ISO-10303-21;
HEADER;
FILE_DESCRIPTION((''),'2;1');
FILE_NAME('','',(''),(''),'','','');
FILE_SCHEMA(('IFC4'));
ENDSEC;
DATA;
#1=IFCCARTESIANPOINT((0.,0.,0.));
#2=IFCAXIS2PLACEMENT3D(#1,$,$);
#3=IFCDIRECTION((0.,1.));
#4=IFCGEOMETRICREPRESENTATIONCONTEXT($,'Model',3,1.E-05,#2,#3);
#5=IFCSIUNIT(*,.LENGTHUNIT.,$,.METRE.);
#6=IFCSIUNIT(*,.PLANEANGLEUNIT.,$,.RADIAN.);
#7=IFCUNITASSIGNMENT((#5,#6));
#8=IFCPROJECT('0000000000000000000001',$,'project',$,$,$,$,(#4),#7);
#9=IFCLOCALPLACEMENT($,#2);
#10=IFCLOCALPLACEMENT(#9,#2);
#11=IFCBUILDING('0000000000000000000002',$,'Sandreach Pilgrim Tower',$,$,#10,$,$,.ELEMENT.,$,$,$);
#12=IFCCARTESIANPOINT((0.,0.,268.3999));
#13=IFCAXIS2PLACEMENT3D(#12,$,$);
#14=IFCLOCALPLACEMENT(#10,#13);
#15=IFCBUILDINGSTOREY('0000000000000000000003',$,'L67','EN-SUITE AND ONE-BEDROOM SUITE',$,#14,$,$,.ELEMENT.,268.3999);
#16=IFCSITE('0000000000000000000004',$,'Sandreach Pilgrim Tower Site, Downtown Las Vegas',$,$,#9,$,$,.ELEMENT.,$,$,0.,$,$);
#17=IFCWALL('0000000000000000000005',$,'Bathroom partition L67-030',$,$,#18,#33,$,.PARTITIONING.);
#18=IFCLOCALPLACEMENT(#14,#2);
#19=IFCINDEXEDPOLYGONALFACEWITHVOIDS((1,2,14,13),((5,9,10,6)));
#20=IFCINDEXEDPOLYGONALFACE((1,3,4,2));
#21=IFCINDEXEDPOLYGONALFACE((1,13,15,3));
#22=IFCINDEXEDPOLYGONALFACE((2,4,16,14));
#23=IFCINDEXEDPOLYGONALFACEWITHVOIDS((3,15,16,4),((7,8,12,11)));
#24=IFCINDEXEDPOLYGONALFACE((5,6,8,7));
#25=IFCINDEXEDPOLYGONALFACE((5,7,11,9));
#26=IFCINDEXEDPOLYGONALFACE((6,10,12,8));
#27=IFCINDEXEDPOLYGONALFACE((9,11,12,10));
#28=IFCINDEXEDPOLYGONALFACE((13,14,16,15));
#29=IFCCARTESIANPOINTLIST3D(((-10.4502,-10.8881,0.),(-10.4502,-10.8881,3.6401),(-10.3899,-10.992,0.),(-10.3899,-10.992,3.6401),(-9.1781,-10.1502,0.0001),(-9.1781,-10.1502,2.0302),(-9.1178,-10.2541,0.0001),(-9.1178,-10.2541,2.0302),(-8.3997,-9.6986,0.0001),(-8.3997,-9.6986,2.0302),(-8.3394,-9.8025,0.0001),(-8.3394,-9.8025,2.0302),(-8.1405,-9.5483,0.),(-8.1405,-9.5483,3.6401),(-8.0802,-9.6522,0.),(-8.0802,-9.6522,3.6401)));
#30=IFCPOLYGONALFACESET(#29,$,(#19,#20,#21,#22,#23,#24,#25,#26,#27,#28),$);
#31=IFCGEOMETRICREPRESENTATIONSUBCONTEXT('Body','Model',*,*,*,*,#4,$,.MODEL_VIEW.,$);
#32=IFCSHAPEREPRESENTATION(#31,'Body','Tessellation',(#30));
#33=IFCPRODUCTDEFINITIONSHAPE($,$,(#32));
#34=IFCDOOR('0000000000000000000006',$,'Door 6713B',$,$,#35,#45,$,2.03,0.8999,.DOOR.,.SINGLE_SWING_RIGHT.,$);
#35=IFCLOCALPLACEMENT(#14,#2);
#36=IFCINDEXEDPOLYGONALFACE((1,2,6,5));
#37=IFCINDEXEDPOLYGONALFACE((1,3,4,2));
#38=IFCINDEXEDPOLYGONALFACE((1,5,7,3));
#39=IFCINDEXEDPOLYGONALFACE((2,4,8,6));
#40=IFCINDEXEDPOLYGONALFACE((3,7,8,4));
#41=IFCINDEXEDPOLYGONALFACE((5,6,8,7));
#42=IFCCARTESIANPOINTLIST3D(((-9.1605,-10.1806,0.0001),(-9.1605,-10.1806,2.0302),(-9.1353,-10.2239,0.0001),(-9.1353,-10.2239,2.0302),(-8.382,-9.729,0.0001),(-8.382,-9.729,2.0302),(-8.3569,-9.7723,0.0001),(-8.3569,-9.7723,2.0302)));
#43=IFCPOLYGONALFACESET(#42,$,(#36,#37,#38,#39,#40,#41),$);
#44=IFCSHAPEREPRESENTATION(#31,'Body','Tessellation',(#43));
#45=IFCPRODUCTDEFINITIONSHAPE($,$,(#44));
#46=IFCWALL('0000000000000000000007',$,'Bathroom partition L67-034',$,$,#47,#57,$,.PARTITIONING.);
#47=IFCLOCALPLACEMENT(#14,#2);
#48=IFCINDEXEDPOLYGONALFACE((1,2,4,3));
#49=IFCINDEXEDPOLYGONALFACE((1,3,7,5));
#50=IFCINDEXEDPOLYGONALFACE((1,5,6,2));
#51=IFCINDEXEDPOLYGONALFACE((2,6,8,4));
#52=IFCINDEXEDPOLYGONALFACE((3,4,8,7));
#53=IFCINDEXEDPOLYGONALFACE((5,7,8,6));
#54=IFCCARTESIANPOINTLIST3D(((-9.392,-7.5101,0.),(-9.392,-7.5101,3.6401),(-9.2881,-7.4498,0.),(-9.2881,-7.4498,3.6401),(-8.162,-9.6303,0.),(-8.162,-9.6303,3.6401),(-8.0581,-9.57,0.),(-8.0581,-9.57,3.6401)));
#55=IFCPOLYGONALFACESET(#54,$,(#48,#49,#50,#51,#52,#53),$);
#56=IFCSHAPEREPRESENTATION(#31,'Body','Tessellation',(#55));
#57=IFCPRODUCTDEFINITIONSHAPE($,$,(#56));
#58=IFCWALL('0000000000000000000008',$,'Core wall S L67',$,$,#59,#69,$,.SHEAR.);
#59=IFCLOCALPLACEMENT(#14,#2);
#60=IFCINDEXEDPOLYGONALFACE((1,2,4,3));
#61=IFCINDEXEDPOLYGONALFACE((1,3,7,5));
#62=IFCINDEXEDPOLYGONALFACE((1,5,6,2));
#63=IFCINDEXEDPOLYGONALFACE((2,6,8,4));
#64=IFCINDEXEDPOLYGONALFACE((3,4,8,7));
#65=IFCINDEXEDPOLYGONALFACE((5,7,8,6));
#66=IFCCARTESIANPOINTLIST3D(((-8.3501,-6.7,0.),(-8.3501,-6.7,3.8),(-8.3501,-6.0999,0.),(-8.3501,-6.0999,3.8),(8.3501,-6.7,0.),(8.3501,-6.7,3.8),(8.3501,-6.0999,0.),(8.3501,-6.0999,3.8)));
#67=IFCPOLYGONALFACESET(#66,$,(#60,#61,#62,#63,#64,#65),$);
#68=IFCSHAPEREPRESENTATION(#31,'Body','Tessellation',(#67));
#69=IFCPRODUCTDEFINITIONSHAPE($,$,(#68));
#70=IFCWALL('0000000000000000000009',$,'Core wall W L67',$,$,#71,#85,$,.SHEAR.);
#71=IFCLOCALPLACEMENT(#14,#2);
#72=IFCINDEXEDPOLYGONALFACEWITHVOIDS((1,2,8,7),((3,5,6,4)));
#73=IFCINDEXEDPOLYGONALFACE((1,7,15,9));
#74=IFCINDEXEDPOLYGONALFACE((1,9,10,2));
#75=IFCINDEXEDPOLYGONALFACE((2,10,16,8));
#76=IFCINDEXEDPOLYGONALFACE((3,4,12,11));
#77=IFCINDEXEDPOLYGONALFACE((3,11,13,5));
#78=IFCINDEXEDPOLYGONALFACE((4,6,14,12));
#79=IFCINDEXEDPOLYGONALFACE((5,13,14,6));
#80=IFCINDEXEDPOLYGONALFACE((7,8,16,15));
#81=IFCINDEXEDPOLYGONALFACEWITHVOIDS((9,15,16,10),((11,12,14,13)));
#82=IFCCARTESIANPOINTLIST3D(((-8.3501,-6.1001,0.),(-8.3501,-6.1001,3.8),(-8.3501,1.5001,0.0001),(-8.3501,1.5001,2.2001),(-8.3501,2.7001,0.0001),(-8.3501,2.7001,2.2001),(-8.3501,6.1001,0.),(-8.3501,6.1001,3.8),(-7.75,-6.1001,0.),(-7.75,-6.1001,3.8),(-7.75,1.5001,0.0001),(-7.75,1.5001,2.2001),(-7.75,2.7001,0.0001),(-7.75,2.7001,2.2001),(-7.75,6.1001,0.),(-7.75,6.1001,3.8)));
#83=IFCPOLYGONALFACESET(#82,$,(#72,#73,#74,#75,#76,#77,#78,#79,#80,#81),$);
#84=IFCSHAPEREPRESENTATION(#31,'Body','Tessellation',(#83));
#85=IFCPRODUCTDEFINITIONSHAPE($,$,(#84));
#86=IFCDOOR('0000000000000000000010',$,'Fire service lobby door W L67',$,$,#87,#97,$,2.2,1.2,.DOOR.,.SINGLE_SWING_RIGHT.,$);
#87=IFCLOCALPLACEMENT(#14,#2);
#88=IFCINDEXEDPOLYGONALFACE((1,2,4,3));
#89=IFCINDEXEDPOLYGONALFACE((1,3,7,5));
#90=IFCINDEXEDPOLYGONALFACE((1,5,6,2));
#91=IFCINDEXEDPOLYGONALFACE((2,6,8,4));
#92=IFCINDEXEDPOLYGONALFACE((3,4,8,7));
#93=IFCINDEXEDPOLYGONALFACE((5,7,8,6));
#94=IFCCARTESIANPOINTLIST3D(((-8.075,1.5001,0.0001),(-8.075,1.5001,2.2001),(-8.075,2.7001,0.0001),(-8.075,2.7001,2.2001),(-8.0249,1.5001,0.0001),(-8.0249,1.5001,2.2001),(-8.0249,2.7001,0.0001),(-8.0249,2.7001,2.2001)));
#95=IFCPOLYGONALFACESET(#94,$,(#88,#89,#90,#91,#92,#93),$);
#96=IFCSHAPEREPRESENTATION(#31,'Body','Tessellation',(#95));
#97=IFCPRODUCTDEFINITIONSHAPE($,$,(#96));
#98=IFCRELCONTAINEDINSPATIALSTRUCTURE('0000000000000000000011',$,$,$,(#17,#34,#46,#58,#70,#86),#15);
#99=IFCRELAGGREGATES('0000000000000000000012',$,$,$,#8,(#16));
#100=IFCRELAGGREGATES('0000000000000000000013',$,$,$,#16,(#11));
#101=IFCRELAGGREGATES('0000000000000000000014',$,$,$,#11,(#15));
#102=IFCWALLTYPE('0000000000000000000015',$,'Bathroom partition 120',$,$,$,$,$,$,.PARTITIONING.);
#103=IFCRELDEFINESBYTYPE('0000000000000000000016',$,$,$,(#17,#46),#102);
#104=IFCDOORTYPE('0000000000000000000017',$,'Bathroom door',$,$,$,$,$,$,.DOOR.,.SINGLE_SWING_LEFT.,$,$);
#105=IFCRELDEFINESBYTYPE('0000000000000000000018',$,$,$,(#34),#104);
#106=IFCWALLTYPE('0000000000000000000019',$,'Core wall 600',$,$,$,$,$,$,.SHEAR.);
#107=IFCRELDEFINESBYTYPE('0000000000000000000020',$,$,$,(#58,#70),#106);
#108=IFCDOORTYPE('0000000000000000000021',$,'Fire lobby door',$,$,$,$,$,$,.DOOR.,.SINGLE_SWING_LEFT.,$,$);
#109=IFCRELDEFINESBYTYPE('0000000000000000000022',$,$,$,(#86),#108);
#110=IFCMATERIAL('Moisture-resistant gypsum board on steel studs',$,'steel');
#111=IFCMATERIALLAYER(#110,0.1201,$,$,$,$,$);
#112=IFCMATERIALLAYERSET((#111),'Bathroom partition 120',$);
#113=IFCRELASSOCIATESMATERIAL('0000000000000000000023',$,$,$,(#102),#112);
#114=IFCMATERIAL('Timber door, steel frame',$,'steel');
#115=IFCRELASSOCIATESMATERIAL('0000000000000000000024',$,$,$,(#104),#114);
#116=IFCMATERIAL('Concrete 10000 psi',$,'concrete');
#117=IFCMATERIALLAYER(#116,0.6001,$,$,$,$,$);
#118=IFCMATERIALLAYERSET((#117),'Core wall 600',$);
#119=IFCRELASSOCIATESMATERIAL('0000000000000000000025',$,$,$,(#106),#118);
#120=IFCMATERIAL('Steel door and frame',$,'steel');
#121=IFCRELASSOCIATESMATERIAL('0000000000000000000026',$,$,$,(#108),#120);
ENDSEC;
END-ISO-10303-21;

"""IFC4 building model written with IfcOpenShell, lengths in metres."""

from ifc_helpers import new_model, si_unit, direction, frame, frame_2d, origin, place, context, subcontext, project, spatial, rectangle, extrude, material, layer, layer_set, type_object, element, fill, save


model = new_model("IFC4")

# Units and contexts
model_context = context("Model", 3, precision=1e-05, world=origin(), true_north=direction((0.0, 1.0)))
body_context = subcontext(model_context, "Body", "Model", "MODEL_VIEW")
ifc_project = project(units=[si_unit("LENGTHUNIT", "METRE"), si_unit("PLANEANGLEUNIT", "RADIAN")], contexts=[model_context])

# Site, building, storey
site_placement = place(None, origin())
site = spatial("IfcSite", under=ifc_project, at=site_placement, Name="Sandreach Pilgrim Tower Site, Downtown Las Vegas", CompositionType="ELEMENT", RefElevation=0.0)
building_placement = place(site_placement, origin())
building = spatial("IfcBuilding", under=site, at=building_placement, Name="Sandreach Pilgrim Tower", CompositionType="ELEMENT")
storey_placement = place(building_placement, frame((0.0, 0.0, 268.3999)))
storey = spatial("IfcBuildingStorey", under=building, at=storey_placement, Name="L67", Description="EN-SUITE AND ONE-BEDROOM SUITE", CompositionType="ELEMENT", Elevation=268.3999)

# Shared definitions
ifc_material_1 = material(Name="Moisture-resistant gypsum board on steel studs", Category="steel")
ifc_layer_1 = layer(ifc_material_1, 0.1201)
ifc_layer_set_1 = layer_set([ifc_layer_1], Name="Bathroom partition 120")
wall_type_1 = type_object("IfcWallType", Name="Bathroom partition 120", PredefinedType="PARTITIONING", material=ifc_layer_set_1)
ifc_material_2 = material(Name="Timber door, steel frame", Category="steel")
door_type_1 = type_object("IfcDoorType", Name="Bathroom door", OperationType="SINGLE_SWING_LEFT", PredefinedType="DOOR", material=ifc_material_2)

# Wall, opening, door
wall_1_placement = place(storey_placement, frame((-10.4199, -10.9399, 0.0), z_axis=(0.0, 0.0, 1.0), x_axis=(0.865007, 0.501761, 0.0)))
wall_1 = element("IfcWall", 1, at=wall_1_placement, inside=storey, type_object=wall_type_1, Name="Bathroom partition L67-030", PredefinedType="PARTITIONING", context=body_context, shape_type="SweptSolid", body=[
    extrude(rectangle(XDim=2.6702, YDim=0.1201, at=frame_2d((1.335, 0.0))), origin(), (0.0, 0.0, 1.0), 3.6401),
])
opening_1_placement = place(wall_1_placement, frame((1.4705, 0.0, 0.0)))
opening_1 = element("IfcOpeningElement", 2, at=opening_1_placement, cuts=wall_1, PredefinedType="OPENING", context=body_context, shape_type="SweptSolid", body=[
    extrude(rectangle(XDim=0.8999, YDim=2.03, at=frame_2d((0.45, 1.0151))), frame((0.0, 0.0601, 0.0), z_axis=(0.0, -1.0, 0.0), x_axis=(1.0, 0.0, 0.0)), (0.0, 0.0, 1.0), 0.1201),
])
door_1_placement = place(opening_1_placement, origin())
door_1 = element("IfcDoor", 3, at=door_1_placement, inside=storey, type_object=door_type_1, Name="Door 6713B", OperationType="SINGLE_SWING_RIGHT", OverallHeight=2.03, OverallWidth=0.8999, PredefinedType="DOOR", context=body_context, shape_type="SweptSolid", body=[
    extrude(rectangle(XDim=0.8999, YDim=2.03, at=frame_2d((0.45, 1.0151))), frame((0.0, 0.0249, 0.0), z_axis=(0.0, -1.0, 0.0), x_axis=(1.0, 0.0, 0.0)), (0.0, 0.0, 1.0), 0.05),
])
fill(opening_1, door_1)

# Walls
wall_2_placement = place(storey_placement, frame((-9.3401, -7.48, 0.0), z_axis=(0.0, 0.0, 1.0), x_axis=(0.501813, -0.864976, 0.0)))
element("IfcWall", 4, at=wall_2_placement, inside=storey, type_object=wall_type_1, Name="Bathroom partition L67-034", PredefinedType="PARTITIONING", context=body_context, shape_type="SweptSolid", body=[
    extrude(rectangle(XDim=2.4512, YDim=0.1201, at=frame_2d((1.2256, 0.0))), origin(), (0.0, 0.0, 1.0), 3.6401),
])
ifc_material_3 = material(Name="Concrete 10000 psi", Category="concrete")
ifc_layer_2 = layer(ifc_material_3, 0.6001)
ifc_layer_set_2 = layer_set([ifc_layer_2], Name="Core wall 600")
wall_type_2 = type_object("IfcWallType", Name="Core wall 600", PredefinedType="SHEAR", material=ifc_layer_set_2)
wall_3_placement = place(storey_placement, frame((-8.3501, -6.3999, 0.0), z_axis=(0.0, 0.0, 1.0), x_axis=(1.0, 0.0, 0.0)))
element("IfcWall", 5, at=wall_3_placement, inside=storey, type_object=wall_type_2, Name="Core wall S L67", PredefinedType="SHEAR", context=body_context, shape_type="SweptSolid", body=[
    extrude(rectangle(XDim=16.7002, YDim=0.6001, at=frame_2d((8.3501, 0.0))), origin(), (0.0, 0.0, 1.0), 3.8),
])

# Wall, opening, door
wall_4_placement = place(storey_placement, frame((-8.05, -6.1001, 0.0), z_axis=(0.0, 0.0, 1.0), x_axis=(0.0, 1.0, 0.0)))
wall_4 = element("IfcWall", 6, at=wall_4_placement, inside=storey, type_object=wall_type_2, Name="Core wall W L67", PredefinedType="SHEAR", context=body_context, shape_type="SweptSolid", body=[
    extrude(rectangle(XDim=12.2002, YDim=0.6001, at=frame_2d((6.1001, 0.0))), origin(), (0.0, 0.0, 1.0), 3.8),
])
opening_2_placement = place(wall_4_placement, frame((7.6001, 0.0, 0.0)))
opening_2 = element("IfcOpeningElement", 7, at=opening_2_placement, cuts=wall_4, PredefinedType="OPENING", context=body_context, shape_type="SweptSolid", body=[
    extrude(rectangle(XDim=1.2, YDim=2.2, at=frame_2d((0.6001, 1.1001))), frame((0.0, 0.3, 0.0), z_axis=(0.0, -1.0, 0.0), x_axis=(1.0, 0.0, 0.0)), (0.0, 0.0, 1.0), 0.6001),
])
ifc_material_4 = material(Name="Steel door and frame", Category="steel")
door_type_2 = type_object("IfcDoorType", Name="Fire lobby door", OperationType="SINGLE_SWING_LEFT", PredefinedType="DOOR", material=ifc_material_4)
door_2_placement = place(opening_2_placement, origin())
door_2 = element("IfcDoor", 8, at=door_2_placement, inside=storey, type_object=door_type_2, Name="Fire service lobby door W L67", OperationType="SINGLE_SWING_RIGHT", OverallHeight=2.2, OverallWidth=1.2, PredefinedType="DOOR", context=body_context, shape_type="SweptSolid", body=[
    extrude(rectangle(XDim=1.2, YDim=2.2, at=frame_2d((0.6001, 1.1001))), frame((0.0, 0.0249, 0.0), z_axis=(0.0, -1.0, 0.0), x_axis=(1.0, 0.0, 0.0)), (0.0, 0.0, 1.0), 0.05),
])
fill(opening_2, door_2)

save(model, "model.ifc")
